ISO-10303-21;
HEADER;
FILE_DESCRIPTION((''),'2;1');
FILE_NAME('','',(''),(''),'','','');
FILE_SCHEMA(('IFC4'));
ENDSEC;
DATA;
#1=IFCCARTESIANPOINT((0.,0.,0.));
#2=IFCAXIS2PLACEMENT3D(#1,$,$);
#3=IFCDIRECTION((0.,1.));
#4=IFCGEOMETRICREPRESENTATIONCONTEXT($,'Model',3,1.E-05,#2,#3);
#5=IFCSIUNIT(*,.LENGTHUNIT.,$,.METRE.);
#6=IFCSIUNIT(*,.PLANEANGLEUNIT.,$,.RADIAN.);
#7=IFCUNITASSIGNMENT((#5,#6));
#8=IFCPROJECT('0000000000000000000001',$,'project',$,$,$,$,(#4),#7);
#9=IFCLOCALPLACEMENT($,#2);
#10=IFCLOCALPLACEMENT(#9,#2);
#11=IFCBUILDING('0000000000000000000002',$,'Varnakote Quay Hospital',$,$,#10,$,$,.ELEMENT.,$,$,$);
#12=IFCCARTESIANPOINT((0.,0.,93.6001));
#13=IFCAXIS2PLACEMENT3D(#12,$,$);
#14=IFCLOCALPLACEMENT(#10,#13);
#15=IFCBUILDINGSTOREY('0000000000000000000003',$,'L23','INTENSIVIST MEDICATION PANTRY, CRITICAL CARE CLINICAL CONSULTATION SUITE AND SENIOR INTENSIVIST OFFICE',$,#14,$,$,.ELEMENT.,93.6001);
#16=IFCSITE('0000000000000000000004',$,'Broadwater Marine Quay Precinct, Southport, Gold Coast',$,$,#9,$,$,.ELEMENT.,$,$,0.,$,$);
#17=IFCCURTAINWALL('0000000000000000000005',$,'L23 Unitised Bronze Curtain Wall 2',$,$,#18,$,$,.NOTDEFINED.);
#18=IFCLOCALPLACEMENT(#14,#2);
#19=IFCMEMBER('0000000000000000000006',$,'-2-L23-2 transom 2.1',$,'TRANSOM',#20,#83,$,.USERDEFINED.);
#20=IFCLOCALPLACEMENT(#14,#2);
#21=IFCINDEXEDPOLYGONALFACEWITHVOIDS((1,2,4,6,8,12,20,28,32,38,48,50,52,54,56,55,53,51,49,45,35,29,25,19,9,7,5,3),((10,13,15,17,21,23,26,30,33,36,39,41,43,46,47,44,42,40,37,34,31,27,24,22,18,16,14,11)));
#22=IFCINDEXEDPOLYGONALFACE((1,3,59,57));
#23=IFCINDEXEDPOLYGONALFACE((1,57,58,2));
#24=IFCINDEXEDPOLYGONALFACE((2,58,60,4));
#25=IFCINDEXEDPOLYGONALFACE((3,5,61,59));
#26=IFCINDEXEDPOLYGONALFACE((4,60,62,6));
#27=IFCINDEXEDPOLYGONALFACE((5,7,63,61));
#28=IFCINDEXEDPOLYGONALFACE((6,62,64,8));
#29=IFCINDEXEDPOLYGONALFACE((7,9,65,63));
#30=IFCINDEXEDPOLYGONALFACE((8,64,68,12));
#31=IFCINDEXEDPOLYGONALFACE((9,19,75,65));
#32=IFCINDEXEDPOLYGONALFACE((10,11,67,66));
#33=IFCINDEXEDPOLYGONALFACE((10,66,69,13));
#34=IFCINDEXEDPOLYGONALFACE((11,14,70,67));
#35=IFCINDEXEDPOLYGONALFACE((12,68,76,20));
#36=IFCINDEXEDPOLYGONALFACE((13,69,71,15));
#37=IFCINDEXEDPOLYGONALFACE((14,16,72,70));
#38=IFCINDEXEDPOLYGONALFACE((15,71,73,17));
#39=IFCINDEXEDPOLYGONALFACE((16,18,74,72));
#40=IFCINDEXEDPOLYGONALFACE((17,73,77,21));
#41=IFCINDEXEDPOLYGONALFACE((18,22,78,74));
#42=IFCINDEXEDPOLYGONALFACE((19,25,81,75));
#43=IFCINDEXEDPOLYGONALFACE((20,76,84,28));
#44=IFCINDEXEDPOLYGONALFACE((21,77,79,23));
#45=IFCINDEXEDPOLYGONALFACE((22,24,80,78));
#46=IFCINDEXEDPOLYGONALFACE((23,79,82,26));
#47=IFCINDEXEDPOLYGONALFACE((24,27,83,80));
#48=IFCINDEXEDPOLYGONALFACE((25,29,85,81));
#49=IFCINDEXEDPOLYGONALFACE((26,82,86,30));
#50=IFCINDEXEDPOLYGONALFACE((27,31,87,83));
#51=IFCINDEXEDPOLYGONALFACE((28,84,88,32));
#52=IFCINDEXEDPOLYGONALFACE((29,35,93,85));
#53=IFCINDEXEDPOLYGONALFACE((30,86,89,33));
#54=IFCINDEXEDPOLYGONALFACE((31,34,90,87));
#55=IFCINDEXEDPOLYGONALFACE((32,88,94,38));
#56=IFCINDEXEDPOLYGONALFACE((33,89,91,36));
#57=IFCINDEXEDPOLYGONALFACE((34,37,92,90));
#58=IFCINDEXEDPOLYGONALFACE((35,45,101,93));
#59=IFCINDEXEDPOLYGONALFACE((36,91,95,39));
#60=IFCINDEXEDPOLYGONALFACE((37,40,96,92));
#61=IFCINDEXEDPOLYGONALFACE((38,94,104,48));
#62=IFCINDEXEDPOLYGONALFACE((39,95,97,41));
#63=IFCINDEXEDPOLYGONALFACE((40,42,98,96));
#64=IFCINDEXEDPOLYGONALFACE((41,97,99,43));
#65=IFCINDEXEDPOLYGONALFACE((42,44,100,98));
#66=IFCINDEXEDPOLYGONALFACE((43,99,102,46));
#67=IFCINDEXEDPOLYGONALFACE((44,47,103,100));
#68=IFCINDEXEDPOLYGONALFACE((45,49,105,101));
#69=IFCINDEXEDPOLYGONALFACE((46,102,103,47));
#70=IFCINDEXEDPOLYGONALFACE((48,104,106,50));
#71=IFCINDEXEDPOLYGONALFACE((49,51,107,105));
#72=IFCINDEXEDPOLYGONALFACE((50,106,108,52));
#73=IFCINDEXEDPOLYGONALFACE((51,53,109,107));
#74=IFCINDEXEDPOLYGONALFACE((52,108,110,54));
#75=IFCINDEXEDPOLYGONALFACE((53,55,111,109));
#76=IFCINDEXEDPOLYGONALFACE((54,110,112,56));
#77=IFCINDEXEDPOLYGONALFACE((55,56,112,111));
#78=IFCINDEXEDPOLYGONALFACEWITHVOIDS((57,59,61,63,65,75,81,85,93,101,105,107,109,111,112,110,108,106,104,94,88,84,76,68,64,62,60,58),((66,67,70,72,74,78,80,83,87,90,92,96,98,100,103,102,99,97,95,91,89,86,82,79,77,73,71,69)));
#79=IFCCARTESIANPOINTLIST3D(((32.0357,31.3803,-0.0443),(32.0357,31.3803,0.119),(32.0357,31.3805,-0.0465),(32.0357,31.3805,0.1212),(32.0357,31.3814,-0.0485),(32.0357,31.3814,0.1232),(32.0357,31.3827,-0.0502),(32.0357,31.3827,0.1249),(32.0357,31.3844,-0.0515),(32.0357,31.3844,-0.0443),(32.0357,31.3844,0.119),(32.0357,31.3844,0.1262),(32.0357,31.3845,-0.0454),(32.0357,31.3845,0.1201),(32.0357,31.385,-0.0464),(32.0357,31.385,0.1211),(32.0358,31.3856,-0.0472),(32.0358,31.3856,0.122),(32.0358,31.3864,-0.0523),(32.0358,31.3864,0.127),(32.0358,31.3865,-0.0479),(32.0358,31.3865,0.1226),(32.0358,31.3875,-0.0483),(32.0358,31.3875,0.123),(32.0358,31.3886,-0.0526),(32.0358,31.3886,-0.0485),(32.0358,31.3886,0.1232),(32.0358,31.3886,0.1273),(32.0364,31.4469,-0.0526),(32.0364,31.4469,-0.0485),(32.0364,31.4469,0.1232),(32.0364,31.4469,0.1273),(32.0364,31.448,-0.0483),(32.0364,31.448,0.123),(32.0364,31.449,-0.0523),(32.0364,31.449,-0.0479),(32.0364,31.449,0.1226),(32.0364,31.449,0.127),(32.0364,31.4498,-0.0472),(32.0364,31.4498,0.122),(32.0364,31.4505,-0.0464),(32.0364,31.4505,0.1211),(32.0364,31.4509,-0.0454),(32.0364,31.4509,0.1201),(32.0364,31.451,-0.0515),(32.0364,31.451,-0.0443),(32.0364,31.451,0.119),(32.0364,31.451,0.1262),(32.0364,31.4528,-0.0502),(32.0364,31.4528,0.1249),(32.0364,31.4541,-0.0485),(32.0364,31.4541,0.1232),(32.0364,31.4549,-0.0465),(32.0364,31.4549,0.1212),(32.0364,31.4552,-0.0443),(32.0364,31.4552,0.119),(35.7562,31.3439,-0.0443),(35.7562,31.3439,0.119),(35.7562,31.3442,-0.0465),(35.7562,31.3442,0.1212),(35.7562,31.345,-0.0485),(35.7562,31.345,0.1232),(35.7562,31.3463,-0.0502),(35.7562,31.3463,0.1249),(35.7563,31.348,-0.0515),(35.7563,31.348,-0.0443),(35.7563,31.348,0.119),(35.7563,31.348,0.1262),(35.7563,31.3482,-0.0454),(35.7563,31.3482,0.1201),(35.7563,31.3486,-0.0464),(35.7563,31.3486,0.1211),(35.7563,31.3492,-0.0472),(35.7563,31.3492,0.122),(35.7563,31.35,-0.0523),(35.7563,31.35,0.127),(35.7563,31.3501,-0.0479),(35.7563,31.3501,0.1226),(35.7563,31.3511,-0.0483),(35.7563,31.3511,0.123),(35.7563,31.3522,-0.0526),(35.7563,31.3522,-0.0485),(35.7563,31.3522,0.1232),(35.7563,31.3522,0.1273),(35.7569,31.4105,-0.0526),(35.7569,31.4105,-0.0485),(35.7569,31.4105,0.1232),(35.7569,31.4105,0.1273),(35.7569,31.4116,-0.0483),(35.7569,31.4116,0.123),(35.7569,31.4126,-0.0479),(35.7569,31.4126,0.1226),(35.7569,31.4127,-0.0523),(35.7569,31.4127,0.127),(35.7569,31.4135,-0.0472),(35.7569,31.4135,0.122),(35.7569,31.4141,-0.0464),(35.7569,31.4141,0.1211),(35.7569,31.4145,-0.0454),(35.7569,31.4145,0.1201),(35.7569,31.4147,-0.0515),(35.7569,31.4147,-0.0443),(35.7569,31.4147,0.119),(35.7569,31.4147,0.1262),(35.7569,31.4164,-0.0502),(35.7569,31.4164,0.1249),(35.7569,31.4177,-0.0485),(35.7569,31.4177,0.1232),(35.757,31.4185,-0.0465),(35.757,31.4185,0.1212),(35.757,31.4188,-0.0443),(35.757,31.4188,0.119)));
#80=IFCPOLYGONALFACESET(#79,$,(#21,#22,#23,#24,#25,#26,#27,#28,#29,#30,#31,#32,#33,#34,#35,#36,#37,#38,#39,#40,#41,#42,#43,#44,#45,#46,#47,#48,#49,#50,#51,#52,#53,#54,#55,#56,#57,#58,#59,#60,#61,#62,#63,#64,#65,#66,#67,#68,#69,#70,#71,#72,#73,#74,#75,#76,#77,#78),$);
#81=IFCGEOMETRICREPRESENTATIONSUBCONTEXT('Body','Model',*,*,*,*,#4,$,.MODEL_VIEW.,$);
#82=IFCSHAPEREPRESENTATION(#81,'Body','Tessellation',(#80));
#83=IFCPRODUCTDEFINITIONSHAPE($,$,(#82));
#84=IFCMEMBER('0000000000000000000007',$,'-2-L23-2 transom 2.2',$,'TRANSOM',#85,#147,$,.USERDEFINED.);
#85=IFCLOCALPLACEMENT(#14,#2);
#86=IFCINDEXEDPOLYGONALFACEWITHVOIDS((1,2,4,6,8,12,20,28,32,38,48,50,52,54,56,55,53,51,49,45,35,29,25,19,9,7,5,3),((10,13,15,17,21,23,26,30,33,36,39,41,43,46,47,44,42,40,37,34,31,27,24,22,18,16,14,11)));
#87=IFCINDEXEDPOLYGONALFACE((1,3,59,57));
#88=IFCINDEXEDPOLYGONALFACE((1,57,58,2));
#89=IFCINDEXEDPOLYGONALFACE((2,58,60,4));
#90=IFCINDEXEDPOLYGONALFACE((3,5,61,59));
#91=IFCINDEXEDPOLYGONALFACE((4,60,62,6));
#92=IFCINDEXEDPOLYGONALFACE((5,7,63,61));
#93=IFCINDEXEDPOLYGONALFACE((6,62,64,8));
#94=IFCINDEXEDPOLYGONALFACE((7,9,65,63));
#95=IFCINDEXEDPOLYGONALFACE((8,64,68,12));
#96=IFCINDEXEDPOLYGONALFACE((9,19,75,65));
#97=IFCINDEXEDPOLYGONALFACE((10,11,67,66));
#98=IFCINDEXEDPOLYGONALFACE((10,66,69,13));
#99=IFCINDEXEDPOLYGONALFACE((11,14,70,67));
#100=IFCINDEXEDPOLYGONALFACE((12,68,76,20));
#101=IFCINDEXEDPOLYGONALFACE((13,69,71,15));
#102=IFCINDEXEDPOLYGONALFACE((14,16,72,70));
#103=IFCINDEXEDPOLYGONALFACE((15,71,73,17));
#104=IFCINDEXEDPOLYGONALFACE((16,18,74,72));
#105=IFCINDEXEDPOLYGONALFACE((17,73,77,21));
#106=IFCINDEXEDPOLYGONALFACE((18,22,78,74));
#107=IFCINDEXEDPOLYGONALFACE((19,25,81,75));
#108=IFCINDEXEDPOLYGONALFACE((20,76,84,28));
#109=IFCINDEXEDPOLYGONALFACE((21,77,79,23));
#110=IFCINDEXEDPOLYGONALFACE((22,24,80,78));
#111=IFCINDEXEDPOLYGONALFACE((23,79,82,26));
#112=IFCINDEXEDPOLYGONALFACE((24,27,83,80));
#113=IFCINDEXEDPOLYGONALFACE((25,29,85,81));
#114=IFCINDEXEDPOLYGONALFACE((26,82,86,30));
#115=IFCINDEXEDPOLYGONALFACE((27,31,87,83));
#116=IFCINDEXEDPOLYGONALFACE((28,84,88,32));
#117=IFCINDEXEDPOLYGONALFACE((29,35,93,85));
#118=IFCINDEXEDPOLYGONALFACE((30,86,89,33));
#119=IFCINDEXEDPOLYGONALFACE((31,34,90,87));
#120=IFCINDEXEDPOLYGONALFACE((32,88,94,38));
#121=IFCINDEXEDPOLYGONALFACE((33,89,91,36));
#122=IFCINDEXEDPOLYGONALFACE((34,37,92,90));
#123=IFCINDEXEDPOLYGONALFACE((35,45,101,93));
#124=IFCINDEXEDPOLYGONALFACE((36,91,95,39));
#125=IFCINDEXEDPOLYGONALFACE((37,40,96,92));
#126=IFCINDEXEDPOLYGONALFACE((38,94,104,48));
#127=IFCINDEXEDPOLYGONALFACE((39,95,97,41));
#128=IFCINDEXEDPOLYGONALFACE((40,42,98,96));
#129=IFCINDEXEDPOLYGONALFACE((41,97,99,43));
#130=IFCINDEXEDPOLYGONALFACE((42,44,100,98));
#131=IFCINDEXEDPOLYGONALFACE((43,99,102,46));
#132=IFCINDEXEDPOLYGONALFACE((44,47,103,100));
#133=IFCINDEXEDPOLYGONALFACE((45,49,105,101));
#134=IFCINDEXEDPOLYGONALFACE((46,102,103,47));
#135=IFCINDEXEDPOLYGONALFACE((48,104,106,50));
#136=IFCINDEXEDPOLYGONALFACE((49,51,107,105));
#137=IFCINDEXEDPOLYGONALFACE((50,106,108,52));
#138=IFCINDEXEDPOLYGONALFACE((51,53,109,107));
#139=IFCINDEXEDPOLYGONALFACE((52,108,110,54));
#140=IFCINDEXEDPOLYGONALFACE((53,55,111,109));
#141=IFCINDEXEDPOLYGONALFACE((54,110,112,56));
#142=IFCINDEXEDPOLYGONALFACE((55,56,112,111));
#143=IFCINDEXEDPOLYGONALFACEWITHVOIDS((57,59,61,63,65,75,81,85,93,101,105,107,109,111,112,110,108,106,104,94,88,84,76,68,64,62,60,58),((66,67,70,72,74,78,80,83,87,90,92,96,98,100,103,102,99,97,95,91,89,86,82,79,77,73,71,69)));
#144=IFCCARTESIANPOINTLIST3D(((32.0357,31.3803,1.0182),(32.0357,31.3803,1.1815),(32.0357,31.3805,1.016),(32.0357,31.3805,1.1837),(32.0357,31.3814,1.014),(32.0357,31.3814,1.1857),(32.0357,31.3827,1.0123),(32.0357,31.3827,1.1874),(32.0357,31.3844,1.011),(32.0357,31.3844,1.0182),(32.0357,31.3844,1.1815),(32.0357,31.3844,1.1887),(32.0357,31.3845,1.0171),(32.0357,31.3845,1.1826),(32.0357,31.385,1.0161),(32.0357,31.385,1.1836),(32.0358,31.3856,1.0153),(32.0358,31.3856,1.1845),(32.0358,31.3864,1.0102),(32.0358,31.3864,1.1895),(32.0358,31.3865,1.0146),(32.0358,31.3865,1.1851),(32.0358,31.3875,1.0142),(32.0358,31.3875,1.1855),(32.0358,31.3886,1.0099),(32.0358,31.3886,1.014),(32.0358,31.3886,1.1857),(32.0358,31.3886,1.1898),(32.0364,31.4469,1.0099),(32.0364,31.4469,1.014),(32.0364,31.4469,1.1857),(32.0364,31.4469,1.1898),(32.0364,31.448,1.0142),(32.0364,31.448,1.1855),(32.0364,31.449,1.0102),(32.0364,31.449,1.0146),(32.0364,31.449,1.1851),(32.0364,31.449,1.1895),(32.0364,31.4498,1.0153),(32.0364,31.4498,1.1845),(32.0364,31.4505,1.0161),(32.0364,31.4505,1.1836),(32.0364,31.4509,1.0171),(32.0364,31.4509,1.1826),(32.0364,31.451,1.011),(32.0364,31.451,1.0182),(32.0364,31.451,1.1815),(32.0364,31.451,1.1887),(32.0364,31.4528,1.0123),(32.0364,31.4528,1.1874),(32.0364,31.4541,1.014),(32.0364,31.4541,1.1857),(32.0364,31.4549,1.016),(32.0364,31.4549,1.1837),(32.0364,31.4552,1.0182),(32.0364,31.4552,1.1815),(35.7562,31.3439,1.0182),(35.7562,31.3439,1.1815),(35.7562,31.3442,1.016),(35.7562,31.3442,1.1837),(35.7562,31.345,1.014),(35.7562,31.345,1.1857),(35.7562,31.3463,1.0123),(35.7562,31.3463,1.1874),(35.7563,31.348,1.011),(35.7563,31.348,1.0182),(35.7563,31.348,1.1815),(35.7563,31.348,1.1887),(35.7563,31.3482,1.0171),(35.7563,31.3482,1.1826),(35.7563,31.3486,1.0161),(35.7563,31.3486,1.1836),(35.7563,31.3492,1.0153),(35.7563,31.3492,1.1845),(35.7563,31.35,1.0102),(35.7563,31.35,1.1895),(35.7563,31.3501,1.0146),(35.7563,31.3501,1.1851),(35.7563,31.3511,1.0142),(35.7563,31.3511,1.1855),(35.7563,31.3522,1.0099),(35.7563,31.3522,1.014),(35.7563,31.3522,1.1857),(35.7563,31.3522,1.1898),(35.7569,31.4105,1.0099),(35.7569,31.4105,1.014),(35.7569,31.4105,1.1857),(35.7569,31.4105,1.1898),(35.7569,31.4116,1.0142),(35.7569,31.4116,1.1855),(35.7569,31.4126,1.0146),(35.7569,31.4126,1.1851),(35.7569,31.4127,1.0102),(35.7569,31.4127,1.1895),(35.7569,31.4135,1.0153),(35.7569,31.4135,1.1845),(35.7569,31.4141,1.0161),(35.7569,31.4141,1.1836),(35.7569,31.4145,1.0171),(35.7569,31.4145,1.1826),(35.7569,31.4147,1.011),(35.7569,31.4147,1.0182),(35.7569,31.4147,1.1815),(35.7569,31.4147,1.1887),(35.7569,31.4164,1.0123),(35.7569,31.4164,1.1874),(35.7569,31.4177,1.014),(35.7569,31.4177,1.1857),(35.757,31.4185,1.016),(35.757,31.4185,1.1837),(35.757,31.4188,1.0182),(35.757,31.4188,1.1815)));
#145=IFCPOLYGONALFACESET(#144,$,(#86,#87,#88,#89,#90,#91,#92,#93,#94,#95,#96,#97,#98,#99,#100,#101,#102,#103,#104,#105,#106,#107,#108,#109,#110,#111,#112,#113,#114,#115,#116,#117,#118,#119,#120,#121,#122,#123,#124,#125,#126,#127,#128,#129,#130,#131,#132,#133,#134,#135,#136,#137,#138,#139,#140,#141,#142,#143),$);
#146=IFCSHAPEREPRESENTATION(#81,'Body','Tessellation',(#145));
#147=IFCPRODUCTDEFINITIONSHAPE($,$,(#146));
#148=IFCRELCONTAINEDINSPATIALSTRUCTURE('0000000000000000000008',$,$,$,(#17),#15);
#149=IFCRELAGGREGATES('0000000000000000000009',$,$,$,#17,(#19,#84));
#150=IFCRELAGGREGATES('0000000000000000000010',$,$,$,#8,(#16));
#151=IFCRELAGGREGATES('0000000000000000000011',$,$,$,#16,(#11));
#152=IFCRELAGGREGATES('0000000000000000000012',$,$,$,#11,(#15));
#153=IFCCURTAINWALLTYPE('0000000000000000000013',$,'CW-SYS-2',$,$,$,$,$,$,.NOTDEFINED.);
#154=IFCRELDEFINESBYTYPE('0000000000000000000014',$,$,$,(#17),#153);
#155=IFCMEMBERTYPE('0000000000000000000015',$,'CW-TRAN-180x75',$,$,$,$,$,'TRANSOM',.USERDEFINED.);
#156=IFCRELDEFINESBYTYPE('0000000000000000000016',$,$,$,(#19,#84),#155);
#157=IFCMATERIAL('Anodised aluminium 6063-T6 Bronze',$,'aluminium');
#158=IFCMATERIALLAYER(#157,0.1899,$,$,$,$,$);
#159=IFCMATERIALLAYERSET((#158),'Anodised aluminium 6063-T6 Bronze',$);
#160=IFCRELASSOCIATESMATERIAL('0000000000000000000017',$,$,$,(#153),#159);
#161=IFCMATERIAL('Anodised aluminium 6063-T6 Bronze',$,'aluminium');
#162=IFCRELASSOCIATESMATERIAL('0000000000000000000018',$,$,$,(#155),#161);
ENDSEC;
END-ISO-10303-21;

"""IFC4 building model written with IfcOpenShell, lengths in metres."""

from ifc_helpers import new_model, si_unit, direction, frame, origin, origin_2d, place, context, subcontext, project, spatial, hollow_rectangle, extrude, material, layer, layer_set, material_profile, profile_set, type_object, element, aggregate, save


model = new_model("IFC4")

# Units and contexts
model_context = context("Model", 3, precision=1e-05, world=origin(), true_north=direction((0.0, 1.0)))
body_context = subcontext(model_context, "Body", "Model", "MODEL_VIEW")
ifc_project = project(units=[si_unit("LENGTHUNIT", "METRE"), si_unit("PLANEANGLEUNIT", "RADIAN")], contexts=[model_context])

# Site, building, storey
site_placement = place(None, origin())
site = spatial("IfcSite", under=ifc_project, at=site_placement, Name="Broadwater Marine Quay Precinct, Southport, Gold Coast", CompositionType="ELEMENT", RefElevation=0.0)
building_placement = place(site_placement, origin())
building = spatial("IfcBuilding", under=site, at=building_placement, Name="Varnakote Quay Hospital", CompositionType="ELEMENT")
storey_placement = place(building_placement, frame((0.0, 0.0, 93.6001)))
storey = spatial("IfcBuildingStorey", under=building, at=storey_placement, Name="L23", Description="INTENSIVIST MEDICATION PANTRY, CRITICAL CARE CLINICAL CONSULTATION SUITE AND SENIOR INTENSIVIST OFFICE", CompositionType="ELEMENT", Elevation=93.6001)

# Shared definitions
ifc_material_1 = material(Name="Anodised aluminium 6063-T6 Bronze", Category="aluminium")
ifc_layer_1 = layer(ifc_material_1, 0.1899)
ifc_layer_set_1 = layer_set([ifc_layer_1], Name="Anodised aluminium 6063-T6 Bronze")
curtain_wall_type = type_object("IfcCurtainWallType", Name="CW-SYS-2", PredefinedType="NOTDEFINED", material=ifc_layer_set_1)

# Curtain wall, members
curtain_wall_1_placement = place(storey_placement, origin())
curtain_wall_1 = element("IfcCurtainWall", 1, at=curtain_wall_1_placement, inside=storey, type_object=curtain_wall_type, Name="L23 Unitised Bronze Curtain Wall 2", PredefinedType="NOTDEFINED")
ifc_material_2 = material(Name="Anodised aluminium 6063-T6 Bronze", Category="aluminium")
ifc_material_profile_1 = material_profile(ifc_material_2, hollow_rectangle(XDim=0.075, YDim=0.1799, WallThickness=0.0042, InnerFilletRadius=0.0042, OuterFilletRadius=0.0083, at=origin_2d()), Name="CW-TRAN-180x75")
ifc_profile_set_1 = profile_set([ifc_material_profile_1], Name="Anodised aluminium 6063-T6 Bronze")
member_type_1 = type_object("IfcMemberType", Name="CW-TRAN-180x75", ElementType="TRANSOM", PredefinedType="USERDEFINED", material=ifc_profile_set_1)
member_1_placement = place(storey_placement, frame((35.7566, 31.3813, 0.0374), z_axis=(-0.999952, 0.009777, 0.0), x_axis=(-0.009777, -0.999952, 0.0)))
member_1 = element("IfcMember", 2, at=member_1_placement, type_object=member_type_1, Name="-2-L23-2 transom 2.1", ObjectType="TRANSOM", PredefinedType="USERDEFINED", context=body_context, shape_type="SweptSolid", body=[
    extrude(hollow_rectangle(XDim=0.075, YDim=0.1799, WallThickness=0.0042, InnerFilletRadius=0.0042, OuterFilletRadius=0.0083, at=origin_2d()), origin(), (0.0, 0.0, 1.0), 3.7207),
])
member_2_placement = place(storey_placement, frame((35.7566, 31.3813, 1.0999), z_axis=(-0.999952, 0.009777, 0.0), x_axis=(-0.009777, -0.999952, 0.0)))
member_2 = element("IfcMember", 3, at=member_2_placement, type_object=member_type_1, Name="-2-L23-2 transom 2.2", ObjectType="TRANSOM", PredefinedType="USERDEFINED", context=body_context, shape_type="SweptSolid", body=[
    extrude(hollow_rectangle(XDim=0.075, YDim=0.1799, WallThickness=0.0042, InnerFilletRadius=0.0042, OuterFilletRadius=0.0083, at=origin_2d()), origin(), (0.0, 0.0, 1.0), 3.7207),
])

aggregate(curtain_wall_1, [member_1, member_2])

save(model, "model.ifc")
